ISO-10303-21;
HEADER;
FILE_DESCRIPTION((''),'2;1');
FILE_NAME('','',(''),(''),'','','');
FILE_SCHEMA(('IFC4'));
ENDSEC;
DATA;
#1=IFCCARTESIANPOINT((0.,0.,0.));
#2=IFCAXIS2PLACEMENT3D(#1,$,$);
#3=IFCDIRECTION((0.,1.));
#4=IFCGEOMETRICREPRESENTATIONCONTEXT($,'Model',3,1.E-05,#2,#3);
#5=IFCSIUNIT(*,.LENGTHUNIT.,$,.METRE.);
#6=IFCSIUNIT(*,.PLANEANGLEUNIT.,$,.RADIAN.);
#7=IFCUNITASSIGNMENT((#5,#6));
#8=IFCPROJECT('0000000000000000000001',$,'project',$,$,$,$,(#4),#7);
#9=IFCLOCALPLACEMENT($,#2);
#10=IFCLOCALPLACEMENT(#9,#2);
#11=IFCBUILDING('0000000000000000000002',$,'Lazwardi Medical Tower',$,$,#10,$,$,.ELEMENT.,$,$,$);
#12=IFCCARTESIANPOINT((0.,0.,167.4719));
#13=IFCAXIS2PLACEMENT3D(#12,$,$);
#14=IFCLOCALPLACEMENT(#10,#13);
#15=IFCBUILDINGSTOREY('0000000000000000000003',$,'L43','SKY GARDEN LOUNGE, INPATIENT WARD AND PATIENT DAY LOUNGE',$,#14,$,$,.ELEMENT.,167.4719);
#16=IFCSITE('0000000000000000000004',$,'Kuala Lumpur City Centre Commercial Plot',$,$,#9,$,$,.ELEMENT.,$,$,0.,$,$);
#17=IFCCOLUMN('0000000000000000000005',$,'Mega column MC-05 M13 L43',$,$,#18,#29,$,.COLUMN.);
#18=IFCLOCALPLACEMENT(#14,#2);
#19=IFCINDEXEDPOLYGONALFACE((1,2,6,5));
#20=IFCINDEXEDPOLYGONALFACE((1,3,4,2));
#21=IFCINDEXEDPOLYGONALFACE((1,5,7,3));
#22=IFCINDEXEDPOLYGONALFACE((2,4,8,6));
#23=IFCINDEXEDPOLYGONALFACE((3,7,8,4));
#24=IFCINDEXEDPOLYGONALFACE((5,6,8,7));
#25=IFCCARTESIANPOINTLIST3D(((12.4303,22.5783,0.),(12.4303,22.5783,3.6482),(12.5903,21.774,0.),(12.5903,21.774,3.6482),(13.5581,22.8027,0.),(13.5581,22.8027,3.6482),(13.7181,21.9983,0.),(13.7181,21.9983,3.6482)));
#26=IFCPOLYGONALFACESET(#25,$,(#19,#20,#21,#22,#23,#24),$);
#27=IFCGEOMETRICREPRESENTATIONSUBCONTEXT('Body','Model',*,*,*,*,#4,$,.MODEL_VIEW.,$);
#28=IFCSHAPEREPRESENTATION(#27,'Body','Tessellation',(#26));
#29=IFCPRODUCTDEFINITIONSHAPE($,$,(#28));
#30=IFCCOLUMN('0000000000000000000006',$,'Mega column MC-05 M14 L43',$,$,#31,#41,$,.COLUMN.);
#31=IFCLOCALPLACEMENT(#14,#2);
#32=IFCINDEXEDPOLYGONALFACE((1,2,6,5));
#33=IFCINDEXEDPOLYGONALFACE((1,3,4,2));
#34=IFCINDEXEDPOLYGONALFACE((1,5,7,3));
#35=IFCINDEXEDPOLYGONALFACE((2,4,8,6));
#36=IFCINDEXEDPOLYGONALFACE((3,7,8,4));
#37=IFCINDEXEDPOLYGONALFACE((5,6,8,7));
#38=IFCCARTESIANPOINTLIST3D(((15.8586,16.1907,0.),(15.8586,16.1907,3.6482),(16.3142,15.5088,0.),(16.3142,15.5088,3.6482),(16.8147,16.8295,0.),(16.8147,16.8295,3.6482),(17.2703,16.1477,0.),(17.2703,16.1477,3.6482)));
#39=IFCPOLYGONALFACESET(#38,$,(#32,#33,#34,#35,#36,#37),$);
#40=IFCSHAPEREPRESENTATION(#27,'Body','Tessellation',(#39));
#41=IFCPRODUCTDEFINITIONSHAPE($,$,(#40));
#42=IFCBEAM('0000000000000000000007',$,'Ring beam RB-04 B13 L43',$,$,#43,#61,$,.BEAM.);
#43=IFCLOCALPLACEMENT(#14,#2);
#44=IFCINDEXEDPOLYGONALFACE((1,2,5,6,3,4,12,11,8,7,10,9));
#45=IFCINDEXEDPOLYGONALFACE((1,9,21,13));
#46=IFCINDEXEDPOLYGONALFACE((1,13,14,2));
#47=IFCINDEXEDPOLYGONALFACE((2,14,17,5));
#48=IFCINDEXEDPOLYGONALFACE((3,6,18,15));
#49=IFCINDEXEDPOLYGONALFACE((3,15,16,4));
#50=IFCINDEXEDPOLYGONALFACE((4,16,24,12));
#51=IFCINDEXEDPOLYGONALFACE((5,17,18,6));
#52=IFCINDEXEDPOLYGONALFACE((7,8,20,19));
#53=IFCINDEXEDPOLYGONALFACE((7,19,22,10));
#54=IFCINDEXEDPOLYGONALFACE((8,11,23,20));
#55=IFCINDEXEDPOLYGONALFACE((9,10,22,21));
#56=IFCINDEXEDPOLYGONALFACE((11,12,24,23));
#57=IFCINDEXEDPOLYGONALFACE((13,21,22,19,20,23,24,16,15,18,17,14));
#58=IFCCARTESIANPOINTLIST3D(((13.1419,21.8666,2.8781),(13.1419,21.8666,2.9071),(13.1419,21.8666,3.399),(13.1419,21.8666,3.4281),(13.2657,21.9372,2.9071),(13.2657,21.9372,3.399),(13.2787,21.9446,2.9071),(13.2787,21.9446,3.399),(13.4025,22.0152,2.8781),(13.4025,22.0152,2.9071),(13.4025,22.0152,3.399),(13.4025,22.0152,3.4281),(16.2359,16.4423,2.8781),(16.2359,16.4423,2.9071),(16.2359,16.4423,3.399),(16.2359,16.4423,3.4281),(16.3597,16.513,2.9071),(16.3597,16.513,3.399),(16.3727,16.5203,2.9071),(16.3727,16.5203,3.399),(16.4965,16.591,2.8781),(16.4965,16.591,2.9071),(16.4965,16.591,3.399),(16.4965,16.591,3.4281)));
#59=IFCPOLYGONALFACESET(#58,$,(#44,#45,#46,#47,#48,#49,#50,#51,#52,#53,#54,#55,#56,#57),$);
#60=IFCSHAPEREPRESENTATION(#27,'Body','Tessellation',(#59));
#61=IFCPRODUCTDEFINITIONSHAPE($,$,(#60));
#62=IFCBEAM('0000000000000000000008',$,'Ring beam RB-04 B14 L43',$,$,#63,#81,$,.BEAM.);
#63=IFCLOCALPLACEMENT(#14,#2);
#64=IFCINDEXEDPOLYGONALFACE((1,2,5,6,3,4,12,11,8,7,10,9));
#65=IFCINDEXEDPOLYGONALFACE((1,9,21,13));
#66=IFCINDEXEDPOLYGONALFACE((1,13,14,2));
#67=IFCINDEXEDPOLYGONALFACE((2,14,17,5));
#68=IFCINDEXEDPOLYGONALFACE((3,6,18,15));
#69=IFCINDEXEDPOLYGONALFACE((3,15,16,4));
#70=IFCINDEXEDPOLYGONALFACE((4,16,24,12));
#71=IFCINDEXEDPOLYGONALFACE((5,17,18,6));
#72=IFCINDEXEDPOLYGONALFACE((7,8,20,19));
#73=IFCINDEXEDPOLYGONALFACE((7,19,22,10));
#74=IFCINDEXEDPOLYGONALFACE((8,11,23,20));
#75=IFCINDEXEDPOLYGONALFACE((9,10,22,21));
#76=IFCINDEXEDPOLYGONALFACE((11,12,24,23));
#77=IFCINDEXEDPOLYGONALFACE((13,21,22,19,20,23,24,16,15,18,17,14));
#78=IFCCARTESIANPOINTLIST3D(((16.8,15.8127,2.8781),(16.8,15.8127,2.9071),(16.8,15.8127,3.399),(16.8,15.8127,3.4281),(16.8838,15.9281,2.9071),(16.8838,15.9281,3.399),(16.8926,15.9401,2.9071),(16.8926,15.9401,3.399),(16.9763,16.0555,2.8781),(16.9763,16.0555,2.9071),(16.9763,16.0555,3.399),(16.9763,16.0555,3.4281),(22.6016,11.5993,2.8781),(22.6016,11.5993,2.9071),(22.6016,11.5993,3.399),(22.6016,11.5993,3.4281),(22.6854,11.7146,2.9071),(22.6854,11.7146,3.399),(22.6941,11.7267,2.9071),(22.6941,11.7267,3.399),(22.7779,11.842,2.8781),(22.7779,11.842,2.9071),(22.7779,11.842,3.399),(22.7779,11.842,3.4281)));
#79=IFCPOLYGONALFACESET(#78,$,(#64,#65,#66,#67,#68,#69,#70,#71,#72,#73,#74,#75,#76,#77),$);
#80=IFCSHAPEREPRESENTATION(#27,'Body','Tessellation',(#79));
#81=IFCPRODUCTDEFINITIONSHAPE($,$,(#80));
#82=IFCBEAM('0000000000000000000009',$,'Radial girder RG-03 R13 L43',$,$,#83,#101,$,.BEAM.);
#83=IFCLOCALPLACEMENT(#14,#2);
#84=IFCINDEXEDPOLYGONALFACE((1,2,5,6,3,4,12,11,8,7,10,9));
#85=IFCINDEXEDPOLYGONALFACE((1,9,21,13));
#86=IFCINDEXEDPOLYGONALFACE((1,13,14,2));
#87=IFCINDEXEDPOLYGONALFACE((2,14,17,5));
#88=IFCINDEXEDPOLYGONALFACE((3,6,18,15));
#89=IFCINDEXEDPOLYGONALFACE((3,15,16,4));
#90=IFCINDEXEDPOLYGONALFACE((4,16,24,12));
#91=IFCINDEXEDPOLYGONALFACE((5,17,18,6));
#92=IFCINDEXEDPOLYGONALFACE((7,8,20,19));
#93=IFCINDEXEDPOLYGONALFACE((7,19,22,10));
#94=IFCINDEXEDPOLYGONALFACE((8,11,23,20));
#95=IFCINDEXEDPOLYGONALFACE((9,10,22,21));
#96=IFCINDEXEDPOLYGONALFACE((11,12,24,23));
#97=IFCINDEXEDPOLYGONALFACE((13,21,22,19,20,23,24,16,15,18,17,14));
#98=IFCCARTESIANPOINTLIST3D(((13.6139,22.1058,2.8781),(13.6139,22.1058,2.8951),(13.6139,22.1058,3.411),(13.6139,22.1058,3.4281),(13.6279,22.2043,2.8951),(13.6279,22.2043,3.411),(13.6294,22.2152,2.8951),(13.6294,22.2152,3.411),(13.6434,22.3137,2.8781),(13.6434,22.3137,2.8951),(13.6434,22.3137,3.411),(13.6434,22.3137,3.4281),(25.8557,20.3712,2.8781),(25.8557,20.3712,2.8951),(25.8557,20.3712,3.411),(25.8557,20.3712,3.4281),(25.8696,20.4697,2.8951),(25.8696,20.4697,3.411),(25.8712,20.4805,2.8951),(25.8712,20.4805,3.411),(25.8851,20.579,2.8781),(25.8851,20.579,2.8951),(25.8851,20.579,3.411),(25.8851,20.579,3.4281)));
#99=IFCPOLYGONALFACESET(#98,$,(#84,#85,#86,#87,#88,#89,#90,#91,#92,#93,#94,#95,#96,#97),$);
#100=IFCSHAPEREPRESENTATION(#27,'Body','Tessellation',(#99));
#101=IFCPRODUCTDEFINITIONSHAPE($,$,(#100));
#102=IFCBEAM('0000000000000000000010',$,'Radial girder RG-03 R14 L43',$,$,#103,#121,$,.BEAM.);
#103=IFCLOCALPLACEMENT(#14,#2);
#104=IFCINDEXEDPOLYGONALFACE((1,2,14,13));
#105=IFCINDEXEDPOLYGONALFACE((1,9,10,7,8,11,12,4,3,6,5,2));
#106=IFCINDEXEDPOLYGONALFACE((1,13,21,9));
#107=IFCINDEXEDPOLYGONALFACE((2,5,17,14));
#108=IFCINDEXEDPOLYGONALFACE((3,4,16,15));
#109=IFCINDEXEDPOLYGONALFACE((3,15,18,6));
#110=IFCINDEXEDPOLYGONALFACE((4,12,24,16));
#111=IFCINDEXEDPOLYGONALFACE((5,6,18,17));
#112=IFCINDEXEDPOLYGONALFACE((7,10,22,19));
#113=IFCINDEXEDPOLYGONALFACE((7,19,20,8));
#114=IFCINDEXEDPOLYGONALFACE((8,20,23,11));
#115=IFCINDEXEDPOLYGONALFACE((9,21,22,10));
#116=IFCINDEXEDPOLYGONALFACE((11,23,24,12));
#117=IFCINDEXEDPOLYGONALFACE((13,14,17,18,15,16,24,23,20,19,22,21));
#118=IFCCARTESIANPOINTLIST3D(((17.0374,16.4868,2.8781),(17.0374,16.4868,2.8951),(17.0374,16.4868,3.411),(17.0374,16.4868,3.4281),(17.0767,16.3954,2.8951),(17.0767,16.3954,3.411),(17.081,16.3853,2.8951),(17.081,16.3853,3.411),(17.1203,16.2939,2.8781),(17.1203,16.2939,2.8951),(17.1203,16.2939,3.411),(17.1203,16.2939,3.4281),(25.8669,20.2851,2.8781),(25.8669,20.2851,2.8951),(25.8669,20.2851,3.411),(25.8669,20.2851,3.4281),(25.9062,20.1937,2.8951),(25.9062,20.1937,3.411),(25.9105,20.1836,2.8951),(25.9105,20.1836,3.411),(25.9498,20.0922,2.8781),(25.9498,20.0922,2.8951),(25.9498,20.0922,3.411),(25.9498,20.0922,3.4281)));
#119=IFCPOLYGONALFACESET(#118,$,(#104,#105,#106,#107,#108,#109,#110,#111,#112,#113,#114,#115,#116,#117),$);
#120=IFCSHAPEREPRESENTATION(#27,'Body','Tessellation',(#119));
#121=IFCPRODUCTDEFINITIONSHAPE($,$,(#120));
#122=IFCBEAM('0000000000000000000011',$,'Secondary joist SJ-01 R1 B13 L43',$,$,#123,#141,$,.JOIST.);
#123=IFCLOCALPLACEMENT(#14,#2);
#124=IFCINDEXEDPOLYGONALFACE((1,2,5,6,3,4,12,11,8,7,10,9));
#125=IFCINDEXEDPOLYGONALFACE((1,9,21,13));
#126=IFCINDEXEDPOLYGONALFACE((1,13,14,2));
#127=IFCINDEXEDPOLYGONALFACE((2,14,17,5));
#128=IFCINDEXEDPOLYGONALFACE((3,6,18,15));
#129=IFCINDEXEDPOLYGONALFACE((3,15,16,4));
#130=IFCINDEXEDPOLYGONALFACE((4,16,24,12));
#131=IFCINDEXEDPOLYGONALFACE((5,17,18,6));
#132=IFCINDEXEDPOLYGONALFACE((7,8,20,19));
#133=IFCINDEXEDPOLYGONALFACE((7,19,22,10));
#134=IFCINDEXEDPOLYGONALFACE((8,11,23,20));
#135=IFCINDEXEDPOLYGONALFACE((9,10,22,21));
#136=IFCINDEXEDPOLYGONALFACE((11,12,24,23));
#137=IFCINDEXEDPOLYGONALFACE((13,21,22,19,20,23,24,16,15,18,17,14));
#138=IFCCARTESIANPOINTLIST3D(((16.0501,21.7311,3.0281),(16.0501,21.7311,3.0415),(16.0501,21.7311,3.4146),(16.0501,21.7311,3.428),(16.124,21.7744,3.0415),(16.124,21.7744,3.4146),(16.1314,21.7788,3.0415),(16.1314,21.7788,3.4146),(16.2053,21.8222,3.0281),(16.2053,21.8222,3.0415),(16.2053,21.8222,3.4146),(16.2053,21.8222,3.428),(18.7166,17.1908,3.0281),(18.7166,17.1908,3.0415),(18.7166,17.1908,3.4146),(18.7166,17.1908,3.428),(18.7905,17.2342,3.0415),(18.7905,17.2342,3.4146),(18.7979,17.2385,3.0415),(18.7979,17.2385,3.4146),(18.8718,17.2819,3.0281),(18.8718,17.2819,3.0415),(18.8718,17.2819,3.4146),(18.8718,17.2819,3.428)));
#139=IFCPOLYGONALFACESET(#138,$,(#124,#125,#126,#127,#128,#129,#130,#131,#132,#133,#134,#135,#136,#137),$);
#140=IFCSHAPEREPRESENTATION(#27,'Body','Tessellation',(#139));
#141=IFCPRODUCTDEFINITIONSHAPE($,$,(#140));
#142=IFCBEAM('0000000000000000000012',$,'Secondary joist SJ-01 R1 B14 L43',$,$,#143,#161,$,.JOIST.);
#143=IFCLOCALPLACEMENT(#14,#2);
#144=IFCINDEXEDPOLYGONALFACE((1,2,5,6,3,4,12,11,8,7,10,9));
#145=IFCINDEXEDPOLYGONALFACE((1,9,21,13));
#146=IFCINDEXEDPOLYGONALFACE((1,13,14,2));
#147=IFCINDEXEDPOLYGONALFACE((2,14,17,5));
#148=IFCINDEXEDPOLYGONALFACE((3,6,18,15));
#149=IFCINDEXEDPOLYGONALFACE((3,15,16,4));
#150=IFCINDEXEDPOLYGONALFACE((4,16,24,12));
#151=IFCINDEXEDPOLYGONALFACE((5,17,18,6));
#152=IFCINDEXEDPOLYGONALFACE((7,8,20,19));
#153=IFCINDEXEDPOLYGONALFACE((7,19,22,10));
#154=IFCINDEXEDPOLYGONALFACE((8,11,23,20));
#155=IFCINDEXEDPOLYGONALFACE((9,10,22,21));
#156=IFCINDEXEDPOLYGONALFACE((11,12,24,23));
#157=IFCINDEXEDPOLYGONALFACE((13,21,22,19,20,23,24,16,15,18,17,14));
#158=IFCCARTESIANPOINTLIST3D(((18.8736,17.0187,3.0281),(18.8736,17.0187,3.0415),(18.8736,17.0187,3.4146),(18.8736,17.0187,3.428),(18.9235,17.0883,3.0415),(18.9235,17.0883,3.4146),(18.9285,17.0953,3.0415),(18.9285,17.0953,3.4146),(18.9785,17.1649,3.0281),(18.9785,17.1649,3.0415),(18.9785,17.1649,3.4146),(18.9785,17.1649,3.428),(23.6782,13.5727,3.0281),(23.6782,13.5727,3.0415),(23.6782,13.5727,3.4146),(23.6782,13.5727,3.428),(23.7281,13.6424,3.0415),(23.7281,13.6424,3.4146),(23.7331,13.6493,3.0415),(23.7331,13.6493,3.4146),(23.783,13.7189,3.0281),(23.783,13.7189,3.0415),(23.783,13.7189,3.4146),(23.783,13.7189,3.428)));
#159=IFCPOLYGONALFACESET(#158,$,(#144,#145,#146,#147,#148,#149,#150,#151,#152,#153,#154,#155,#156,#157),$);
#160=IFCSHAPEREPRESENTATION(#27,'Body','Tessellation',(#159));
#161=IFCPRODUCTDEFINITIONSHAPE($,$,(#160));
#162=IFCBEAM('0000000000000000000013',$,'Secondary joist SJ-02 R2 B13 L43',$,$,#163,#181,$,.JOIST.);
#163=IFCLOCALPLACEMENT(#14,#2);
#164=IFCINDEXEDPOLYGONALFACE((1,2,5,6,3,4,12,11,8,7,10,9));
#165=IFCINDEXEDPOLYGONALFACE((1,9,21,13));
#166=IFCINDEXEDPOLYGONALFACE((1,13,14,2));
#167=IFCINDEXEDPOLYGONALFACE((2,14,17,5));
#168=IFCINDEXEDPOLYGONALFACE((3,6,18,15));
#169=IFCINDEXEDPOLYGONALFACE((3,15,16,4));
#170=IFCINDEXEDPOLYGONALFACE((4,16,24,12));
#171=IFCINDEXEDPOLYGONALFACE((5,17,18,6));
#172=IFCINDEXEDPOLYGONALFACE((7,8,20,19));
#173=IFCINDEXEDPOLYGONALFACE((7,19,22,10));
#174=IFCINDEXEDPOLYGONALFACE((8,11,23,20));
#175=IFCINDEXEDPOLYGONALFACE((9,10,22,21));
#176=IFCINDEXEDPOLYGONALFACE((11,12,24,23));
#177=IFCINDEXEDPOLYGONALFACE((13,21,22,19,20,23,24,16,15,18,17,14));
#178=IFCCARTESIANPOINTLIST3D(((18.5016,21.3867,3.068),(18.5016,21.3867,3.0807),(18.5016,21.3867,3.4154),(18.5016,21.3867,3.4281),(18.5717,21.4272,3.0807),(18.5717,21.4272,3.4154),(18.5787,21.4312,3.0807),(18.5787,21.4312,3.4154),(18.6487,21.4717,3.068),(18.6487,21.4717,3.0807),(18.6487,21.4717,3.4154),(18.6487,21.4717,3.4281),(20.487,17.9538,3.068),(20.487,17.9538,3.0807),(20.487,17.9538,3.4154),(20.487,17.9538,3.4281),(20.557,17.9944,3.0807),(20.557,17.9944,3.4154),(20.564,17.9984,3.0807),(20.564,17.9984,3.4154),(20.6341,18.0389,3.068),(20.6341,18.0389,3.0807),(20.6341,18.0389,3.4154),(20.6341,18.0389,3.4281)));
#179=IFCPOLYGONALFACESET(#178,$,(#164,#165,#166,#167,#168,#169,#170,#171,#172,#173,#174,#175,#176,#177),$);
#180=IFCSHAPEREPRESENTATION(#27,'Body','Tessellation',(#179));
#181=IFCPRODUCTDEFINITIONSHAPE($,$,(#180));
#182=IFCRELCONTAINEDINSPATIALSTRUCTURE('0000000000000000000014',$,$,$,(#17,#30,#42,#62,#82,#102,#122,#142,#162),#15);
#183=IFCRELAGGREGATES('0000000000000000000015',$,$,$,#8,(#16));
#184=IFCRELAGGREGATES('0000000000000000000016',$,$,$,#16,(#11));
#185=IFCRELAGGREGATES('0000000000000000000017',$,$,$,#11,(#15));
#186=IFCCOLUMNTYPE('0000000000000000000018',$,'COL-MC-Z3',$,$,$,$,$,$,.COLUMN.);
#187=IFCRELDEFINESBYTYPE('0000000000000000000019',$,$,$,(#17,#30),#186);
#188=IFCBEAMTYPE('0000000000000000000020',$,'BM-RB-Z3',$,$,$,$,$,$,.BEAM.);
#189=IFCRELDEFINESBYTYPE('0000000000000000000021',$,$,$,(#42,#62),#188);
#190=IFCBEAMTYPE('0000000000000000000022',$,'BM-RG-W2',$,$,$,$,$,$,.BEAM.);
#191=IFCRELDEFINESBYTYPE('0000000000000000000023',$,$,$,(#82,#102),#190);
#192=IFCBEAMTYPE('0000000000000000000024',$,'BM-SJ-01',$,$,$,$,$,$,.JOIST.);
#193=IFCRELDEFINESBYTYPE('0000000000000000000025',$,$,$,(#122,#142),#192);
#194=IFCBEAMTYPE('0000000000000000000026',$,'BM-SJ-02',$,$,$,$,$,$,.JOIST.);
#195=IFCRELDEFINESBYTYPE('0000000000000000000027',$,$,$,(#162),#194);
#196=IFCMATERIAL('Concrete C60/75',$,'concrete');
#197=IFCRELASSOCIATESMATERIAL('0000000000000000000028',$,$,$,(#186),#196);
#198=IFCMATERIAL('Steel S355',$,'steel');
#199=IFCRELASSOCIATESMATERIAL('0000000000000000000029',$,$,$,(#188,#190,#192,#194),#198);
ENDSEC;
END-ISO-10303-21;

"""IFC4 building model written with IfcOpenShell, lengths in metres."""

from ifc_helpers import new_model, si_unit, direction, frame, origin, origin_2d, place, context, subcontext, project, spatial, rectangle, i_section, extrude, material, material_profile, profile_set, type_object, element, save


model = new_model("IFC4")

# Units and contexts
model_context = context("Model", 3, precision=1e-05, world=origin(), true_north=direction((0.0, 1.0)))
body_context = subcontext(model_context, "Body", "Model", "MODEL_VIEW")
ifc_project = project(units=[si_unit("LENGTHUNIT", "METRE"), si_unit("PLANEANGLEUNIT", "RADIAN")], contexts=[model_context])

# Site, building, storey
site_placement = place(None, origin())
site = spatial("IfcSite", under=ifc_project, at=site_placement, Name="Kuala Lumpur City Centre Commercial Plot", CompositionType="ELEMENT", RefElevation=0.0)
building_placement = place(site_placement, origin())
building = spatial("IfcBuilding", under=site, at=building_placement, Name="Lazwardi Medical Tower", CompositionType="ELEMENT")
storey_placement = place(building_placement, frame((0.0, 0.0, 167.4719)))
storey = spatial("IfcBuildingStorey", under=building, at=storey_placement, Name="L43", Description="SKY GARDEN LOUNGE, INPATIENT WARD AND PATIENT DAY LOUNGE", CompositionType="ELEMENT", Elevation=167.4719)

# Columns
ifc_material_1 = material(Name="Concrete C60/75", Category="concrete")
ifc_material_profile_1 = material_profile(ifc_material_1, rectangle(XDim=1.1499, YDim=0.8201, at=origin_2d()), Name="CFT-RECT 1150x820")
ifc_profile_set_1 = profile_set([ifc_material_profile_1], Name="Concrete C60/75")
column_type = type_object("IfcColumnType", Name="COL-MC-Z3", PredefinedType="COLUMN", material=ifc_profile_set_1)
for number, where, z_axis, x_axis, name in (
    (1, (13.0742, 22.2883, 0.0), (0.0, 0.0, 1.0), (-0.980785, -0.19509, 0.0), "Mega column MC-05 M13 L43"),
    (2, (16.5645, 16.1692, 0.0), (0.0, 0.0, 1.0), (-0.83147, -0.55557, 0.0), "Mega column MC-05 M14 L43"),
):
    element("IfcColumn", number, at=place(storey_placement, frame(where, z_axis=z_axis, x_axis=x_axis)), inside=storey, type_object=column_type, Name=name, PredefinedType="COLUMN", context=body_context, shape_type="SweptSolid", body=[
        extrude(rectangle(XDim=1.1499, YDim=0.8201, at=origin_2d()), origin(), (0.0, 0.0, 1.0), 3.6482),
    ])

# Beams
ifc_material_2 = material(Name="Steel S355", Category="steel")
ifc_material_profile_2 = material_profile(ifc_material_2, i_section(OverallWidth=0.3, OverallDepth=0.55, WebThickness=0.0149, FlangeThickness=0.0291, at=origin_2d()), Name="HEB 550")
ifc_profile_set_2 = profile_set([ifc_material_profile_2], Name="Steel S355")
beam_type_1 = type_object("IfcBeamType", Name="BM-RB-Z3", PredefinedType="BEAM", material=ifc_profile_set_2)
beam_1_placement = place(storey_placement, frame((13.2722, 21.9409, 3.1531), z_axis=(0.495461, -0.86863, 0.0), x_axis=(0.86863, 0.495461, 0.0)))
element("IfcBeam", 3, at=beam_1_placement, inside=storey, type_object=beam_type_1, Name="Ring beam RB-04 B13 L43", PredefinedType="BEAM", context=body_context, shape_type="SweptSolid", body=[
    extrude(i_section(OverallWidth=0.3, OverallDepth=0.55, WebThickness=0.0149, FlangeThickness=0.0291, at=origin_2d()), origin(), (0.0, 0.0, 1.0), 6.2446),
])
beam_2_placement = place(storey_placement, frame((16.8882, 15.9341, 3.1531), z_axis=(0.809128, -0.587633, 0.0), x_axis=(0.587633, 0.809128, 0.0)))
element("IfcBeam", 4, at=beam_2_placement, inside=storey, type_object=beam_type_1, Name="Ring beam RB-04 B14 L43", PredefinedType="BEAM", context=body_context, shape_type="SweptSolid", body=[
    extrude(i_section(OverallWidth=0.3, OverallDepth=0.55, WebThickness=0.0149, FlangeThickness=0.0291, at=origin_2d()), origin(), (0.0, 0.0, 1.0), 7.1702),
])
ifc_material_profile_3 = material_profile(ifc_material_2, i_section(OverallWidth=0.21, OverallDepth=0.55, WebThickness=0.011, FlangeThickness=0.0171, at=origin_2d()), Name="IPE 550")
ifc_profile_set_3 = profile_set([ifc_material_profile_3], Name="Steel S355")
beam_type_2 = type_object("IfcBeamType", Name="BM-RG-W2", PredefinedType="BEAM", material=ifc_profile_set_3)
beam_3_placement = place(storey_placement, frame((13.6287, 22.2097, 3.1531), z_axis=(0.99011, -0.140296, 0.0), x_axis=(0.140296, 0.99011, 0.0)))
element("IfcBeam", 5, at=beam_3_placement, inside=storey, type_object=beam_type_2, Name="Radial girder RG-03 R13 L43", PredefinedType="BEAM", context=body_context, shape_type="SweptSolid", body=[
    extrude(i_section(OverallWidth=0.21, OverallDepth=0.55, WebThickness=0.011, FlangeThickness=0.0171, at=origin_2d()), origin(), (0.0, 0.0, 1.0), 12.364),
])
beam_4_placement = place(storey_placement, frame((17.0789, 16.3904, 3.1531), z_axis=(0.918608, 0.39517, 0.0), x_axis=(-0.39517, 0.918608, 0.0)))
element("IfcBeam", 6, at=beam_4_placement, inside=storey, type_object=beam_type_2, Name="Radial girder RG-03 R14 L43", PredefinedType="BEAM", context=body_context, shape_type="SweptSolid", body=[
    extrude(i_section(OverallWidth=0.21, OverallDepth=0.55, WebThickness=0.011, FlangeThickness=0.0171, at=origin_2d()), origin(), (0.0, 0.0, 1.0), 9.6118),
])
ifc_material_profile_4 = material_profile(ifc_material_2, i_section(OverallWidth=0.1799, OverallDepth=0.3999, WebThickness=0.0085, FlangeThickness=0.0134, at=origin_2d()), Name="IPE 400")
ifc_profile_set_4 = profile_set([ifc_material_profile_4], Name="Steel S355")
beam_type_3 = type_object("IfcBeamType", Name="BM-SJ-01", PredefinedType="JOIST", material=ifc_profile_set_4)
beam_5_placement = place(storey_placement, frame((16.1277, 21.7766, 3.228), z_axis=(0.50642, -0.862287, 0.0), x_axis=(0.862287, 0.50642, 0.0)))
element("IfcBeam", 7, at=beam_5_placement, inside=storey, type_object=beam_type_3, Name="Secondary joist SJ-01 R1 B13 L43", PredefinedType="JOIST", context=body_context, shape_type="SweptSolid", body=[
    extrude(i_section(OverallWidth=0.1799, OverallDepth=0.3999, WebThickness=0.0085, FlangeThickness=0.0134, at=origin_2d()), origin(), (0.0, 0.0, 1.0), 5.2654),
])
beam_6_placement = place(storey_placement, frame((18.926, 17.0918, 3.228), z_axis=(0.812602, -0.582819, 0.0), x_axis=(0.582819, 0.812602, 0.0)))
element("IfcBeam", 8, at=beam_6_placement, inside=storey, type_object=beam_type_3, Name="Secondary joist SJ-01 R1 B14 L43", PredefinedType="JOIST", context=body_context, shape_type="SweptSolid", body=[
    extrude(i_section(OverallWidth=0.1799, OverallDepth=0.3999, WebThickness=0.0085, FlangeThickness=0.0134, at=origin_2d()), origin(), (0.0, 0.0, 1.0), 5.9126),
])
ifc_material_profile_5 = material_profile(ifc_material_2, i_section(OverallWidth=0.1699, OverallDepth=0.3601, WebThickness=0.0081, FlangeThickness=0.0127, at=origin_2d()), Name="IPE 360")
ifc_profile_set_5 = profile_set([ifc_material_profile_5], Name="Steel S355")
beam_type_4 = type_object("IfcBeamType", Name="BM-SJ-02", PredefinedType="JOIST", material=ifc_profile_set_5)
beam_7_placement = place(storey_placement, frame((18.5752, 21.4292, 3.248), z_axis=(0.500641, -0.865655, 0.0), x_axis=(0.865655, 0.500641, 0.0)))
element("IfcBeam", 9, at=beam_7_placement, inside=storey, type_object=beam_type_4, Name="Secondary joist SJ-02 R2 B13 L43", PredefinedType="JOIST", context=body_context, shape_type="SweptSolid", body=[
    extrude(i_section(OverallWidth=0.1699, OverallDepth=0.3601, WebThickness=0.0081, FlangeThickness=0.0127, at=origin_2d()), origin(), (0.0, 0.0, 1.0), 3.9656),
])

save(model, "model.ifc")
